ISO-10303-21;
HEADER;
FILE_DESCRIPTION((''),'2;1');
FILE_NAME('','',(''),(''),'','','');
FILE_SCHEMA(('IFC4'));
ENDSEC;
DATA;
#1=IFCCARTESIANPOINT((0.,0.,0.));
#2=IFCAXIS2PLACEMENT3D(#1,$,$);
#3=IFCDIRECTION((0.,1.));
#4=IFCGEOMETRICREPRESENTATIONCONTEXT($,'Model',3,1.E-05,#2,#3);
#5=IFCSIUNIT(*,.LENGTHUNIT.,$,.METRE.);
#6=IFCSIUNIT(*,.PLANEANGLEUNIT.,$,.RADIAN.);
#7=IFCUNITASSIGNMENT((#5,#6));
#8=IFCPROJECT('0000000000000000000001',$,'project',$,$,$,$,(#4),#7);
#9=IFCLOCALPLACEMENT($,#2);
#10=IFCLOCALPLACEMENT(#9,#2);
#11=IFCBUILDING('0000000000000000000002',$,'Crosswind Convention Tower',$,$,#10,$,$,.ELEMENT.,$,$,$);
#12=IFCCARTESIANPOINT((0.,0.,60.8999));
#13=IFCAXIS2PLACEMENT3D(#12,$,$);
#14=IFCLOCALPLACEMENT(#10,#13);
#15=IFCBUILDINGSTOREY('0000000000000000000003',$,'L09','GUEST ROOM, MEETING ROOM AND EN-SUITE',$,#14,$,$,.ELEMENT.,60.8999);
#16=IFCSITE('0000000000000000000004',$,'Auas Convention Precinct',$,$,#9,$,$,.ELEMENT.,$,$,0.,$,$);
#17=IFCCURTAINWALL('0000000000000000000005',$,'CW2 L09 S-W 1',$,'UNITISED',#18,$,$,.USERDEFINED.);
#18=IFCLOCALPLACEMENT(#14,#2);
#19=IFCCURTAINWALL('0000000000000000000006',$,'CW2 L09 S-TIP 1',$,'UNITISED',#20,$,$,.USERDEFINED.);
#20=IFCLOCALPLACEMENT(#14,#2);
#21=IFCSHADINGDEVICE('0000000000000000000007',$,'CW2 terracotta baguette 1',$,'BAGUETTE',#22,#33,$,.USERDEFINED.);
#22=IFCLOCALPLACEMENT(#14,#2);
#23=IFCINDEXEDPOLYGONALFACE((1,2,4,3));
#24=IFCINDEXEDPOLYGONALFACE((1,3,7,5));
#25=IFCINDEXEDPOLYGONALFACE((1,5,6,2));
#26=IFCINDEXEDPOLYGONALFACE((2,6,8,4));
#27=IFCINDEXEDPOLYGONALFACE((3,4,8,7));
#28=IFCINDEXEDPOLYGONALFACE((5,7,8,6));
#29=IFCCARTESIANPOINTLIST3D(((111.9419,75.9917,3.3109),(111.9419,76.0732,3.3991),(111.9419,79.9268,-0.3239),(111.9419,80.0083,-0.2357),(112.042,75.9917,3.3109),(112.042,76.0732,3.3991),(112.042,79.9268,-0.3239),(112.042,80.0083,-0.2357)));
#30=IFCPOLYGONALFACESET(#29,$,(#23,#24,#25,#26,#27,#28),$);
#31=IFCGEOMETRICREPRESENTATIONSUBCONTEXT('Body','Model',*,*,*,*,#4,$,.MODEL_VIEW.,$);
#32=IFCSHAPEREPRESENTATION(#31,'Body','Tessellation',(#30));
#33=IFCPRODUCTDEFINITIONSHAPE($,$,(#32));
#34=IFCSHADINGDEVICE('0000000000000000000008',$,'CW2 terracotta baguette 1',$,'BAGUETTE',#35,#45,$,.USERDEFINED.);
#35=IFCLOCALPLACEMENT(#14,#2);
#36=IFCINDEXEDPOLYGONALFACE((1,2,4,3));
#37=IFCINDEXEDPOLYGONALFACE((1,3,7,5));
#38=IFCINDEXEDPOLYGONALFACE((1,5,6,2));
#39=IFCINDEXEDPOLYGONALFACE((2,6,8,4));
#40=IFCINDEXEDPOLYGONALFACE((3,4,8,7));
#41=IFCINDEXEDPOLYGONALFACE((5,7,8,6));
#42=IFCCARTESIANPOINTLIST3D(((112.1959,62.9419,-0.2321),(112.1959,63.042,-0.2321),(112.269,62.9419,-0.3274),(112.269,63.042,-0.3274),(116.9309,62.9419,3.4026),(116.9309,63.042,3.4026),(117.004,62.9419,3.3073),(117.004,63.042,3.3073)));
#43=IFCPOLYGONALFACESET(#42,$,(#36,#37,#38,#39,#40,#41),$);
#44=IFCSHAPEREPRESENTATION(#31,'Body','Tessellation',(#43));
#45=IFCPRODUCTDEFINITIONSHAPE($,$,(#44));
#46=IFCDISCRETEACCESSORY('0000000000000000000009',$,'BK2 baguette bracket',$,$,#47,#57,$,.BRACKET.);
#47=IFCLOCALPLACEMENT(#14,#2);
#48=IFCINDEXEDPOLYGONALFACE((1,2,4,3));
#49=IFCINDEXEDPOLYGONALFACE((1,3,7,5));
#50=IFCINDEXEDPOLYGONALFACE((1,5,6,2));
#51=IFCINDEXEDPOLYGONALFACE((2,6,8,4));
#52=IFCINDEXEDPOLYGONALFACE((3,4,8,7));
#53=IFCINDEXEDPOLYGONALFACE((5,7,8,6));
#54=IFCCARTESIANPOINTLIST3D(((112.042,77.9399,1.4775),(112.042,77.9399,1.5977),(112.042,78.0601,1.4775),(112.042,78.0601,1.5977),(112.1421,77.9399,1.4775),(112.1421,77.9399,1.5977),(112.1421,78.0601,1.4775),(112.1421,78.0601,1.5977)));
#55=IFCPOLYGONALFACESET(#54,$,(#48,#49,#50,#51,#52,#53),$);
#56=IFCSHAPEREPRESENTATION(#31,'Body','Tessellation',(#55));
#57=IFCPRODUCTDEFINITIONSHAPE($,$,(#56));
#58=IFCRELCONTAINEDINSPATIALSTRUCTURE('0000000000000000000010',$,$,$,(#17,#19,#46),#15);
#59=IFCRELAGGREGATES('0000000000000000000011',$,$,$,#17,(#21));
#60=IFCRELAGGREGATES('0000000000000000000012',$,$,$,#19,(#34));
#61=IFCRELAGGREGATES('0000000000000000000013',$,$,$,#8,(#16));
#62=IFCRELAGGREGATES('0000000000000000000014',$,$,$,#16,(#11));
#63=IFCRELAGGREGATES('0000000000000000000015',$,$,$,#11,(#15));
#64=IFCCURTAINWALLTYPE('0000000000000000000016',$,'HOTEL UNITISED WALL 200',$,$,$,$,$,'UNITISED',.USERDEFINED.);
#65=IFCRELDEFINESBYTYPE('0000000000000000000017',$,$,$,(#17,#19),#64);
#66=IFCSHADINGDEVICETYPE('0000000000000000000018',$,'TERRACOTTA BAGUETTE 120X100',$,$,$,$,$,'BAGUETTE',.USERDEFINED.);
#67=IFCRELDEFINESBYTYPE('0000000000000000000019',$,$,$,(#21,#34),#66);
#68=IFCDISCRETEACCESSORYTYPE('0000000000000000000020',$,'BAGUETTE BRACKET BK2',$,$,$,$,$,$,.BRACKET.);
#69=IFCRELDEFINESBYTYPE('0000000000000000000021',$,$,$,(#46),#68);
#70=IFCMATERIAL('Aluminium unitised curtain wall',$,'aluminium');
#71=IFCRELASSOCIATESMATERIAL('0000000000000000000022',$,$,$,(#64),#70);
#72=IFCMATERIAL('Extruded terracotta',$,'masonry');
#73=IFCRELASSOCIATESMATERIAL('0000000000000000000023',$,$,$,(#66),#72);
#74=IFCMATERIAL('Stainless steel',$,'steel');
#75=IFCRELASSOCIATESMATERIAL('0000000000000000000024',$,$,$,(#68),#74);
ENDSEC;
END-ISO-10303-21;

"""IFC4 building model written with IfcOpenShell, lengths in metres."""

from ifc_helpers import new_model, si_unit, direction, frame, origin, origin_2d, place, context, subcontext, project, spatial, rectangle, extrude, material, material_profile, profile_set, type_object, element, aggregate, save


model = new_model("IFC4")

# Units and contexts
model_context = context("Model", 3, precision=1e-05, world=origin(), true_north=direction((0.0, 1.0)))
body_context = subcontext(model_context, "Body", "Model", "MODEL_VIEW")
ifc_project = project(units=[si_unit("LENGTHUNIT", "METRE"), si_unit("PLANEANGLEUNIT", "RADIAN")], contexts=[model_context])

# Site, building, storey
site_placement = place(None, origin())
site = spatial("IfcSite", under=ifc_project, at=site_placement, Name="Auas Convention Precinct", CompositionType="ELEMENT", RefElevation=0.0)
building_placement = place(site_placement, origin())
building = spatial("IfcBuilding", under=site, at=building_placement, Name="Crosswind Convention Tower", CompositionType="ELEMENT")
storey_placement = place(building_placement, frame((0.0, 0.0, 60.8999)))
storey = spatial("IfcBuildingStorey", under=building, at=storey_placement, Name="L09", Description="GUEST ROOM, MEETING ROOM AND EN-SUITE", CompositionType="ELEMENT", Elevation=60.8999)

# Curtain wall
ifc_material_1 = material(Name="Aluminium unitised curtain wall", Category="aluminium")
curtain_wall_type = type_object("IfcCurtainWallType", Name="HOTEL UNITISED WALL 200", ElementType="UNITISED", PredefinedType="USERDEFINED", material=ifc_material_1)
curtain_wall_1_placement = place(storey_placement, origin())
curtain_wall_1 = element("IfcCurtainWall", 1, at=curtain_wall_1_placement, inside=storey, type_object=curtain_wall_type, Name="CW2 L09 S-W 1", ObjectType="UNITISED", PredefinedType="USERDEFINED")

# Curtain wall
curtain_wall_2_placement = place(storey_placement, origin())
curtain_wall_2 = element("IfcCurtainWall", 2, at=curtain_wall_2_placement, inside=storey, type_object=curtain_wall_type, Name="CW2 L09 S-TIP 1", ObjectType="UNITISED", PredefinedType="USERDEFINED")

# Shading devices
ifc_material_2 = material(Name="Extruded terracotta", Category="masonry")
ifc_material_profile_1 = material_profile(ifc_material_2, rectangle(XDim=0.1001, YDim=0.1201, at=origin_2d()), Name="TC 100X120")
ifc_profile_set_1 = profile_set([ifc_material_profile_1], Name="Extruded terracotta")
shading_device_type = type_object("IfcShadingDeviceType", Name="TERRACOTTA BAGUETTE 120X100", ElementType="BAGUETTE", PredefinedType="USERDEFINED", material=ifc_profile_set_1)
shading_device_1_placement = place(storey_placement, frame((111.9919, 79.9675, -0.2798), z_axis=(0.0, -0.73458, 0.678522), x_axis=(1.0, 0.0, 0.0)))
shading_device_1 = element("IfcShadingDevice", 3, at=shading_device_1_placement, type_object=shading_device_type, Name="CW2 terracotta baguette 1", ObjectType="BAGUETTE", PredefinedType="USERDEFINED", context=body_context, shape_type="SweptSolid", body=[
    extrude(rectangle(XDim=0.1001, YDim=0.1201, at=origin_2d()), origin(), (0.0, 0.0, 1.0), 5.3569),
])
aggregate(curtain_wall_1, [shading_device_1])
shading_device_2_placement = place(storey_placement, frame((112.2324, 62.9919, -0.2798), z_axis=(0.793241, 0.0, 0.608908), x_axis=(0.0, 1.0, 0.0)))
shading_device_2 = element("IfcShadingDevice", 4, at=shading_device_2_placement, type_object=shading_device_type, Name="CW2 terracotta baguette 1", ObjectType="BAGUETTE", PredefinedType="USERDEFINED", context=body_context, shape_type="SweptSolid", body=[
    extrude(rectangle(XDim=0.1001, YDim=0.1201, at=origin_2d()), origin(), (0.0, 0.0, 1.0), 5.9692),
])
aggregate(curtain_wall_2, [shading_device_2])

# Discrete accessory
ifc_material_3 = material(Name="Stainless steel", Category="steel")
discrete_accessory_type = type_object("IfcDiscreteAccessoryType", Name="BAGUETTE BRACKET BK2", PredefinedType="BRACKET", material=ifc_material_3)
discrete_accessory_placement = place(storey_placement, frame((112.092, 78.0, 1.4775), z_axis=(0.0, 0.0, 1.0), x_axis=(0.0, -1.0, 0.0)))
element("IfcDiscreteAccessory", 5, at=discrete_accessory_placement, inside=storey, type_object=discrete_accessory_type, Name="BK2 baguette bracket", PredefinedType="BRACKET", context=body_context, shape_type="SweptSolid", body=[
    extrude(rectangle(XDim=0.1201, YDim=0.1001, at=origin_2d()), origin(), (0.0, 0.0, 1.0), 0.1201),
])

save(model, "model.ifc")
